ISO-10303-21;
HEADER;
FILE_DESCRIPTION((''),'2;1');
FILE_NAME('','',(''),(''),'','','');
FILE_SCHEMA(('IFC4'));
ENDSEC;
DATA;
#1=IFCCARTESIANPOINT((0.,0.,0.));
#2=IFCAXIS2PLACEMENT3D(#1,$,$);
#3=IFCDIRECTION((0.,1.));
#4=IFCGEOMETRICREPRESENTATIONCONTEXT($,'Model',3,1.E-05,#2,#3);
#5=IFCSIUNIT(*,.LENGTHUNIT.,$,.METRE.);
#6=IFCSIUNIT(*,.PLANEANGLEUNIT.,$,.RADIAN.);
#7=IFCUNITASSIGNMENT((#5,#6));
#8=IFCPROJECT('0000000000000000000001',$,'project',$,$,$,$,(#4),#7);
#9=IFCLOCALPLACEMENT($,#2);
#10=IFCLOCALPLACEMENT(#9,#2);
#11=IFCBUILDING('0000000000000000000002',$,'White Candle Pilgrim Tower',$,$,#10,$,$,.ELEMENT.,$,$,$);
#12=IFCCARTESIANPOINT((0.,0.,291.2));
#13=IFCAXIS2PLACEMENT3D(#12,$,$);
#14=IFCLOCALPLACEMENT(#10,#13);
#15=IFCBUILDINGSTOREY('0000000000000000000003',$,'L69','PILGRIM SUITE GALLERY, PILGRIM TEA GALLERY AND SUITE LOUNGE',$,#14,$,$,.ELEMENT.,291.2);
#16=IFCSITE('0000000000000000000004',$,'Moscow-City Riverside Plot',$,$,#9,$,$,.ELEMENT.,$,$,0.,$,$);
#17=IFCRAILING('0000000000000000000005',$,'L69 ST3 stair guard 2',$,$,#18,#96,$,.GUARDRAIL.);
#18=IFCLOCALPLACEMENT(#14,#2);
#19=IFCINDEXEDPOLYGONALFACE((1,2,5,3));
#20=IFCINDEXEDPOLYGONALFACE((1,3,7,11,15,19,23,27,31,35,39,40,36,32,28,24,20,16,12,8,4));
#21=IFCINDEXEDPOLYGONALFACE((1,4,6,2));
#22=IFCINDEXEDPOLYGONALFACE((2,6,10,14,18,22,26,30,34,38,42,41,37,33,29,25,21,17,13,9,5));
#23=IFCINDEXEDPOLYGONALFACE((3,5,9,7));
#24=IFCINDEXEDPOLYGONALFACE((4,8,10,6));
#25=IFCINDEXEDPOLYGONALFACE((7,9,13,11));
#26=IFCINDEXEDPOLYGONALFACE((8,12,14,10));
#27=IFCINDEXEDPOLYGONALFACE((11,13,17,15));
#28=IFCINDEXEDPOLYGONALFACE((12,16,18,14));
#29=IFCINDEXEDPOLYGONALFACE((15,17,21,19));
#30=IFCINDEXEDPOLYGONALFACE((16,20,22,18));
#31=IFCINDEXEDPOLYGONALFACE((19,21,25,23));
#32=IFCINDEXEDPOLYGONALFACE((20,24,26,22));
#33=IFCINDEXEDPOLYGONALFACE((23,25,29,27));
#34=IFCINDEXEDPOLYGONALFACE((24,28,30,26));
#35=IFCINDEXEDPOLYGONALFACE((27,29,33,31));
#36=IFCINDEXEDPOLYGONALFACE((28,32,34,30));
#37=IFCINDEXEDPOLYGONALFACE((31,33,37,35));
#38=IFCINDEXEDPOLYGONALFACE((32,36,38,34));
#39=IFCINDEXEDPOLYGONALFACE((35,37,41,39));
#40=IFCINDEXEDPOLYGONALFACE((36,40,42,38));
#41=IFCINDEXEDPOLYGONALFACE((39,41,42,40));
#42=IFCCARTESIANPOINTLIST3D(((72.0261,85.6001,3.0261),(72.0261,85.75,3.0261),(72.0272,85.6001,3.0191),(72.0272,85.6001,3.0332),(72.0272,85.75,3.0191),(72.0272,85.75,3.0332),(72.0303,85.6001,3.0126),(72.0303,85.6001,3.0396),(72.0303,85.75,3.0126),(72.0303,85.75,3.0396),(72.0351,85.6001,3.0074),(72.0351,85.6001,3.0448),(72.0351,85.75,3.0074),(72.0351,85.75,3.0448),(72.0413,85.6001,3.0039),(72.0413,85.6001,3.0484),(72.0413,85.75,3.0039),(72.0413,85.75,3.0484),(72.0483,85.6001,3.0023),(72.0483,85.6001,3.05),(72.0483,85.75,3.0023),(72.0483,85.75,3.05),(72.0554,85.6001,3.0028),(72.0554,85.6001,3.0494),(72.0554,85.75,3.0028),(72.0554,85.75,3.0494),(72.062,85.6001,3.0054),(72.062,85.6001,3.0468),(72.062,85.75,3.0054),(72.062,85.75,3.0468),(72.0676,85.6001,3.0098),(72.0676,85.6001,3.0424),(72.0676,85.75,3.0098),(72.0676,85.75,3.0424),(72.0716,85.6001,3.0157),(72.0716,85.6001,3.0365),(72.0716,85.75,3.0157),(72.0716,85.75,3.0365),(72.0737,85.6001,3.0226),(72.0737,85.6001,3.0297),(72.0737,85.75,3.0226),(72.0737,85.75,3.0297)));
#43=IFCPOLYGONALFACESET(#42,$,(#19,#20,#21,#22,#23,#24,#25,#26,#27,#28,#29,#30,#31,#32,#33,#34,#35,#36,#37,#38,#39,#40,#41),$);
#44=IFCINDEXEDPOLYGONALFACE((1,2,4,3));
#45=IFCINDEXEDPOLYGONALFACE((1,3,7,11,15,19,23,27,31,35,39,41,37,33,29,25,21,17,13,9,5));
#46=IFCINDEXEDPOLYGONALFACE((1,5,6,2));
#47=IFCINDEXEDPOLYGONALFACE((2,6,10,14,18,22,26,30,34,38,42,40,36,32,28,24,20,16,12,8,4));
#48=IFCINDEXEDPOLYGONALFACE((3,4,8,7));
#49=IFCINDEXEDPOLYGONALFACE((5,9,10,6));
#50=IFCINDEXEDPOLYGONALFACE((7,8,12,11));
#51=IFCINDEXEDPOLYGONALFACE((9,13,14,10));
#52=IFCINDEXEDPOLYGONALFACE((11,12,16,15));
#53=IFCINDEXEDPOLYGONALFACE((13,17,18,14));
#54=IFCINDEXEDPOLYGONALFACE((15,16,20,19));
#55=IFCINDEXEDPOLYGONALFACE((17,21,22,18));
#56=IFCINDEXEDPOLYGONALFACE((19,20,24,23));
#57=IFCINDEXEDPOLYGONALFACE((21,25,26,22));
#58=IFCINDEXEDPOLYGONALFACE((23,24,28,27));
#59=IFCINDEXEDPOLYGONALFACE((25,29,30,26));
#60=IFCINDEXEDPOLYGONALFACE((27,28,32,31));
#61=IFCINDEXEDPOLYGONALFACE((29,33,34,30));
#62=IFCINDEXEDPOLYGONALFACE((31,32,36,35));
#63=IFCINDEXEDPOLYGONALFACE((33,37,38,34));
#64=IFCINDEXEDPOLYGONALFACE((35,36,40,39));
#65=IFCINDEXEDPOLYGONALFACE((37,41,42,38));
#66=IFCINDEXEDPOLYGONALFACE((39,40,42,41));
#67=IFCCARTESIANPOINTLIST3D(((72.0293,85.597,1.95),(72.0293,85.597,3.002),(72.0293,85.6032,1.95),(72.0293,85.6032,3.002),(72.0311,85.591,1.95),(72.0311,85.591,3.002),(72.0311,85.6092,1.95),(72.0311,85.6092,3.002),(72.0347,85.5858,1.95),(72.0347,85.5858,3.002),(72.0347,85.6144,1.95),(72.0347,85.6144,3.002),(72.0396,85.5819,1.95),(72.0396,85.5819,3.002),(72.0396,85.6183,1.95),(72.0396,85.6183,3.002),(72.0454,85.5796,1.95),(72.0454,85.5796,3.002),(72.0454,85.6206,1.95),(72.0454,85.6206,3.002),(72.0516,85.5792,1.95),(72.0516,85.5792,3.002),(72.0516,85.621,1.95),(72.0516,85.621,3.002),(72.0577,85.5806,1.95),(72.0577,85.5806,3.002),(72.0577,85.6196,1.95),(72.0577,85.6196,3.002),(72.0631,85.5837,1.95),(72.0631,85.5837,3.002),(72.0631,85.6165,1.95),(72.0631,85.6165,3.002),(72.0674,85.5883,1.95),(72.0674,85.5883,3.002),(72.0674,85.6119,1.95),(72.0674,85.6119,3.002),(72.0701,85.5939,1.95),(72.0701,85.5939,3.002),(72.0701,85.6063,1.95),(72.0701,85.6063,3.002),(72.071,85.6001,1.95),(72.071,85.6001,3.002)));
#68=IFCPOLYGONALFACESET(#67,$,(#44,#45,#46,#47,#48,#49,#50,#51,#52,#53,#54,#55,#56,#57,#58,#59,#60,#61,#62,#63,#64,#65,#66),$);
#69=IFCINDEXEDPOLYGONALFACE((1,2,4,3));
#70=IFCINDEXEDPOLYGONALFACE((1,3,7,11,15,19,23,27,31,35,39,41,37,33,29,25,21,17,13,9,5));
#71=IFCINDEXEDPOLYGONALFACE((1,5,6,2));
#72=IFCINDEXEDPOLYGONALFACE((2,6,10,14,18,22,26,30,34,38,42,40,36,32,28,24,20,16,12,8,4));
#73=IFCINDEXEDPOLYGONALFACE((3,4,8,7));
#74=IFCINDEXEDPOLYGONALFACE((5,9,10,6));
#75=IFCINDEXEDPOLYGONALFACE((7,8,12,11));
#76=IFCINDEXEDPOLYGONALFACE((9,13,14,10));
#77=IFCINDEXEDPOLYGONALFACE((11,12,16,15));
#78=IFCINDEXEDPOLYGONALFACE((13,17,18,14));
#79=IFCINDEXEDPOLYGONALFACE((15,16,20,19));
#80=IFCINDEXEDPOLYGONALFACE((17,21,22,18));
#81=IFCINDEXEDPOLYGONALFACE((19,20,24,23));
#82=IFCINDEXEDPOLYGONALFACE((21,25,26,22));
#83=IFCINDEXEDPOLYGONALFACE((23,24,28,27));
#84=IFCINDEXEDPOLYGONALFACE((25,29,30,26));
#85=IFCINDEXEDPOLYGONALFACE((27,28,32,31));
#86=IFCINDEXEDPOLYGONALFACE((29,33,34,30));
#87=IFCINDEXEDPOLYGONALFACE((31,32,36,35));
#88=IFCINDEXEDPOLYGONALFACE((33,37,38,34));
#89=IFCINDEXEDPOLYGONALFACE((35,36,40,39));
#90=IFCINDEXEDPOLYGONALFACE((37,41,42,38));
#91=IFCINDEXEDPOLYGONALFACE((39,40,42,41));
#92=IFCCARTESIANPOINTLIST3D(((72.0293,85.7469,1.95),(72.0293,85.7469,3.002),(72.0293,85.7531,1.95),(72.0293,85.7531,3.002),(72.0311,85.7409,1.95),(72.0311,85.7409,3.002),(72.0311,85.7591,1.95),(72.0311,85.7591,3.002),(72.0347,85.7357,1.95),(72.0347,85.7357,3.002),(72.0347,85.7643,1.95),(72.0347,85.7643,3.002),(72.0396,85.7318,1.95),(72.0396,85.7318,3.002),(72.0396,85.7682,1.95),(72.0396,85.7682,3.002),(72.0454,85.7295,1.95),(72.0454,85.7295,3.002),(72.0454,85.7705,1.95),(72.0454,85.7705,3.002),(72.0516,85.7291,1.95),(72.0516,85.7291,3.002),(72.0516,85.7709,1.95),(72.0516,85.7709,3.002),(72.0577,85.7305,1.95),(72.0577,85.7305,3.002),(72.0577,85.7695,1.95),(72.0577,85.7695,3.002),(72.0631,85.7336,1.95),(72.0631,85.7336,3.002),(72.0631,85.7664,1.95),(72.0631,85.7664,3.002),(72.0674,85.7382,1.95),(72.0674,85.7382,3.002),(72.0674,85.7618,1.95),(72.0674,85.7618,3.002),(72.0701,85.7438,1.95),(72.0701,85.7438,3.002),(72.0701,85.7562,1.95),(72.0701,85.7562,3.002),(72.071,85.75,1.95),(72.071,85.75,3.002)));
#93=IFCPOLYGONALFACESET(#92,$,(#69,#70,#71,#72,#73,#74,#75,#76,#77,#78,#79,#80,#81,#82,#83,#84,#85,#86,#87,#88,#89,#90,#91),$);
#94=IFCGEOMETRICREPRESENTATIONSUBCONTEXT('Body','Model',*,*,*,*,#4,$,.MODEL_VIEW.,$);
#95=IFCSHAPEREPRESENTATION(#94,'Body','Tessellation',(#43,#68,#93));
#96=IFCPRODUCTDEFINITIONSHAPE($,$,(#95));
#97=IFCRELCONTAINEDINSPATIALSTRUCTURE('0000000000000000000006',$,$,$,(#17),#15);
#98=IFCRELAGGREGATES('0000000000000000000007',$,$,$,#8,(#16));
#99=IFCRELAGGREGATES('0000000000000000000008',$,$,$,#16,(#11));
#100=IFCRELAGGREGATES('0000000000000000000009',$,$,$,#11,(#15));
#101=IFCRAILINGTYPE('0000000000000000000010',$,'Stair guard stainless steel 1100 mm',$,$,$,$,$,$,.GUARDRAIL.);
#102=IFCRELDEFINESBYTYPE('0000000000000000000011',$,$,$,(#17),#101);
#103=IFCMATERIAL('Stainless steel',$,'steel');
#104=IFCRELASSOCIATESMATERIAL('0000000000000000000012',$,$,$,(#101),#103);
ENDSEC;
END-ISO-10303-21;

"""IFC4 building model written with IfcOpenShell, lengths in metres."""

from ifc_helpers import new_model, si_unit, direction, frame, origin, origin_2d, place, context, subcontext, project, spatial, circle, extrude, material, type_object, element, save


model = new_model("IFC4")

# Units and contexts
model_context = context("Model", 3, precision=1e-05, world=origin(), true_north=direction((0.0, 1.0)))
body_context = subcontext(model_context, "Body", "Model", "MODEL_VIEW")
ifc_project = project(units=[si_unit("LENGTHUNIT", "METRE"), si_unit("PLANEANGLEUNIT", "RADIAN")], contexts=[model_context])

# Site, building, storey
site_placement = place(None, origin())
site = spatial("IfcSite", under=ifc_project, at=site_placement, Name="Moscow-City Riverside Plot", CompositionType="ELEMENT", RefElevation=0.0)
building_placement = place(site_placement, origin())
building = spatial("IfcBuilding", under=site, at=building_placement, Name="White Candle Pilgrim Tower", CompositionType="ELEMENT")
storey_placement = place(building_placement, frame((0.0, 0.0, 291.2)))
storey = spatial("IfcBuildingStorey", under=building, at=storey_placement, Name="L69", Description="PILGRIM SUITE GALLERY, PILGRIM TEA GALLERY AND SUITE LOUNGE", CompositionType="ELEMENT", Elevation=291.2)

# Railing
ifc_material_1 = material(Name="Stainless steel", Category="steel")
railing_type_1 = type_object("IfcRailingType", Name="Stair guard stainless steel 1100 mm", PredefinedType="GUARDRAIL", material=ifc_material_1)
railing_1_placement = place(storey_placement, frame((72.05, 85.6001, 1.95)))
element("IfcRailing", 1, at=railing_1_placement, inside=storey, type_object=railing_type_1, Name="L69 ST3 stair guard 2", PredefinedType="GUARDRAIL", context=body_context, shape_type="SweptSolid", body=[
    extrude(circle(Radius=0.0239, at=origin_2d()), frame((0.0, 0.0, 1.0762), z_axis=(0.0, 1.0, 0.0), x_axis=(-1.0, 0.0, 0.0)), (0.0, 0.0, 1.0), 0.1499),
    extrude(circle(Radius=0.021, at=origin_2d()), origin(), (0.0, 0.0, 1.0), 1.052),
    extrude(circle(Radius=0.021, at=origin_2d()), frame((0.0, 0.1499, 0.0)), (0.0, 0.0, 1.0), 1.052),
])

save(model, "model.ifc")
